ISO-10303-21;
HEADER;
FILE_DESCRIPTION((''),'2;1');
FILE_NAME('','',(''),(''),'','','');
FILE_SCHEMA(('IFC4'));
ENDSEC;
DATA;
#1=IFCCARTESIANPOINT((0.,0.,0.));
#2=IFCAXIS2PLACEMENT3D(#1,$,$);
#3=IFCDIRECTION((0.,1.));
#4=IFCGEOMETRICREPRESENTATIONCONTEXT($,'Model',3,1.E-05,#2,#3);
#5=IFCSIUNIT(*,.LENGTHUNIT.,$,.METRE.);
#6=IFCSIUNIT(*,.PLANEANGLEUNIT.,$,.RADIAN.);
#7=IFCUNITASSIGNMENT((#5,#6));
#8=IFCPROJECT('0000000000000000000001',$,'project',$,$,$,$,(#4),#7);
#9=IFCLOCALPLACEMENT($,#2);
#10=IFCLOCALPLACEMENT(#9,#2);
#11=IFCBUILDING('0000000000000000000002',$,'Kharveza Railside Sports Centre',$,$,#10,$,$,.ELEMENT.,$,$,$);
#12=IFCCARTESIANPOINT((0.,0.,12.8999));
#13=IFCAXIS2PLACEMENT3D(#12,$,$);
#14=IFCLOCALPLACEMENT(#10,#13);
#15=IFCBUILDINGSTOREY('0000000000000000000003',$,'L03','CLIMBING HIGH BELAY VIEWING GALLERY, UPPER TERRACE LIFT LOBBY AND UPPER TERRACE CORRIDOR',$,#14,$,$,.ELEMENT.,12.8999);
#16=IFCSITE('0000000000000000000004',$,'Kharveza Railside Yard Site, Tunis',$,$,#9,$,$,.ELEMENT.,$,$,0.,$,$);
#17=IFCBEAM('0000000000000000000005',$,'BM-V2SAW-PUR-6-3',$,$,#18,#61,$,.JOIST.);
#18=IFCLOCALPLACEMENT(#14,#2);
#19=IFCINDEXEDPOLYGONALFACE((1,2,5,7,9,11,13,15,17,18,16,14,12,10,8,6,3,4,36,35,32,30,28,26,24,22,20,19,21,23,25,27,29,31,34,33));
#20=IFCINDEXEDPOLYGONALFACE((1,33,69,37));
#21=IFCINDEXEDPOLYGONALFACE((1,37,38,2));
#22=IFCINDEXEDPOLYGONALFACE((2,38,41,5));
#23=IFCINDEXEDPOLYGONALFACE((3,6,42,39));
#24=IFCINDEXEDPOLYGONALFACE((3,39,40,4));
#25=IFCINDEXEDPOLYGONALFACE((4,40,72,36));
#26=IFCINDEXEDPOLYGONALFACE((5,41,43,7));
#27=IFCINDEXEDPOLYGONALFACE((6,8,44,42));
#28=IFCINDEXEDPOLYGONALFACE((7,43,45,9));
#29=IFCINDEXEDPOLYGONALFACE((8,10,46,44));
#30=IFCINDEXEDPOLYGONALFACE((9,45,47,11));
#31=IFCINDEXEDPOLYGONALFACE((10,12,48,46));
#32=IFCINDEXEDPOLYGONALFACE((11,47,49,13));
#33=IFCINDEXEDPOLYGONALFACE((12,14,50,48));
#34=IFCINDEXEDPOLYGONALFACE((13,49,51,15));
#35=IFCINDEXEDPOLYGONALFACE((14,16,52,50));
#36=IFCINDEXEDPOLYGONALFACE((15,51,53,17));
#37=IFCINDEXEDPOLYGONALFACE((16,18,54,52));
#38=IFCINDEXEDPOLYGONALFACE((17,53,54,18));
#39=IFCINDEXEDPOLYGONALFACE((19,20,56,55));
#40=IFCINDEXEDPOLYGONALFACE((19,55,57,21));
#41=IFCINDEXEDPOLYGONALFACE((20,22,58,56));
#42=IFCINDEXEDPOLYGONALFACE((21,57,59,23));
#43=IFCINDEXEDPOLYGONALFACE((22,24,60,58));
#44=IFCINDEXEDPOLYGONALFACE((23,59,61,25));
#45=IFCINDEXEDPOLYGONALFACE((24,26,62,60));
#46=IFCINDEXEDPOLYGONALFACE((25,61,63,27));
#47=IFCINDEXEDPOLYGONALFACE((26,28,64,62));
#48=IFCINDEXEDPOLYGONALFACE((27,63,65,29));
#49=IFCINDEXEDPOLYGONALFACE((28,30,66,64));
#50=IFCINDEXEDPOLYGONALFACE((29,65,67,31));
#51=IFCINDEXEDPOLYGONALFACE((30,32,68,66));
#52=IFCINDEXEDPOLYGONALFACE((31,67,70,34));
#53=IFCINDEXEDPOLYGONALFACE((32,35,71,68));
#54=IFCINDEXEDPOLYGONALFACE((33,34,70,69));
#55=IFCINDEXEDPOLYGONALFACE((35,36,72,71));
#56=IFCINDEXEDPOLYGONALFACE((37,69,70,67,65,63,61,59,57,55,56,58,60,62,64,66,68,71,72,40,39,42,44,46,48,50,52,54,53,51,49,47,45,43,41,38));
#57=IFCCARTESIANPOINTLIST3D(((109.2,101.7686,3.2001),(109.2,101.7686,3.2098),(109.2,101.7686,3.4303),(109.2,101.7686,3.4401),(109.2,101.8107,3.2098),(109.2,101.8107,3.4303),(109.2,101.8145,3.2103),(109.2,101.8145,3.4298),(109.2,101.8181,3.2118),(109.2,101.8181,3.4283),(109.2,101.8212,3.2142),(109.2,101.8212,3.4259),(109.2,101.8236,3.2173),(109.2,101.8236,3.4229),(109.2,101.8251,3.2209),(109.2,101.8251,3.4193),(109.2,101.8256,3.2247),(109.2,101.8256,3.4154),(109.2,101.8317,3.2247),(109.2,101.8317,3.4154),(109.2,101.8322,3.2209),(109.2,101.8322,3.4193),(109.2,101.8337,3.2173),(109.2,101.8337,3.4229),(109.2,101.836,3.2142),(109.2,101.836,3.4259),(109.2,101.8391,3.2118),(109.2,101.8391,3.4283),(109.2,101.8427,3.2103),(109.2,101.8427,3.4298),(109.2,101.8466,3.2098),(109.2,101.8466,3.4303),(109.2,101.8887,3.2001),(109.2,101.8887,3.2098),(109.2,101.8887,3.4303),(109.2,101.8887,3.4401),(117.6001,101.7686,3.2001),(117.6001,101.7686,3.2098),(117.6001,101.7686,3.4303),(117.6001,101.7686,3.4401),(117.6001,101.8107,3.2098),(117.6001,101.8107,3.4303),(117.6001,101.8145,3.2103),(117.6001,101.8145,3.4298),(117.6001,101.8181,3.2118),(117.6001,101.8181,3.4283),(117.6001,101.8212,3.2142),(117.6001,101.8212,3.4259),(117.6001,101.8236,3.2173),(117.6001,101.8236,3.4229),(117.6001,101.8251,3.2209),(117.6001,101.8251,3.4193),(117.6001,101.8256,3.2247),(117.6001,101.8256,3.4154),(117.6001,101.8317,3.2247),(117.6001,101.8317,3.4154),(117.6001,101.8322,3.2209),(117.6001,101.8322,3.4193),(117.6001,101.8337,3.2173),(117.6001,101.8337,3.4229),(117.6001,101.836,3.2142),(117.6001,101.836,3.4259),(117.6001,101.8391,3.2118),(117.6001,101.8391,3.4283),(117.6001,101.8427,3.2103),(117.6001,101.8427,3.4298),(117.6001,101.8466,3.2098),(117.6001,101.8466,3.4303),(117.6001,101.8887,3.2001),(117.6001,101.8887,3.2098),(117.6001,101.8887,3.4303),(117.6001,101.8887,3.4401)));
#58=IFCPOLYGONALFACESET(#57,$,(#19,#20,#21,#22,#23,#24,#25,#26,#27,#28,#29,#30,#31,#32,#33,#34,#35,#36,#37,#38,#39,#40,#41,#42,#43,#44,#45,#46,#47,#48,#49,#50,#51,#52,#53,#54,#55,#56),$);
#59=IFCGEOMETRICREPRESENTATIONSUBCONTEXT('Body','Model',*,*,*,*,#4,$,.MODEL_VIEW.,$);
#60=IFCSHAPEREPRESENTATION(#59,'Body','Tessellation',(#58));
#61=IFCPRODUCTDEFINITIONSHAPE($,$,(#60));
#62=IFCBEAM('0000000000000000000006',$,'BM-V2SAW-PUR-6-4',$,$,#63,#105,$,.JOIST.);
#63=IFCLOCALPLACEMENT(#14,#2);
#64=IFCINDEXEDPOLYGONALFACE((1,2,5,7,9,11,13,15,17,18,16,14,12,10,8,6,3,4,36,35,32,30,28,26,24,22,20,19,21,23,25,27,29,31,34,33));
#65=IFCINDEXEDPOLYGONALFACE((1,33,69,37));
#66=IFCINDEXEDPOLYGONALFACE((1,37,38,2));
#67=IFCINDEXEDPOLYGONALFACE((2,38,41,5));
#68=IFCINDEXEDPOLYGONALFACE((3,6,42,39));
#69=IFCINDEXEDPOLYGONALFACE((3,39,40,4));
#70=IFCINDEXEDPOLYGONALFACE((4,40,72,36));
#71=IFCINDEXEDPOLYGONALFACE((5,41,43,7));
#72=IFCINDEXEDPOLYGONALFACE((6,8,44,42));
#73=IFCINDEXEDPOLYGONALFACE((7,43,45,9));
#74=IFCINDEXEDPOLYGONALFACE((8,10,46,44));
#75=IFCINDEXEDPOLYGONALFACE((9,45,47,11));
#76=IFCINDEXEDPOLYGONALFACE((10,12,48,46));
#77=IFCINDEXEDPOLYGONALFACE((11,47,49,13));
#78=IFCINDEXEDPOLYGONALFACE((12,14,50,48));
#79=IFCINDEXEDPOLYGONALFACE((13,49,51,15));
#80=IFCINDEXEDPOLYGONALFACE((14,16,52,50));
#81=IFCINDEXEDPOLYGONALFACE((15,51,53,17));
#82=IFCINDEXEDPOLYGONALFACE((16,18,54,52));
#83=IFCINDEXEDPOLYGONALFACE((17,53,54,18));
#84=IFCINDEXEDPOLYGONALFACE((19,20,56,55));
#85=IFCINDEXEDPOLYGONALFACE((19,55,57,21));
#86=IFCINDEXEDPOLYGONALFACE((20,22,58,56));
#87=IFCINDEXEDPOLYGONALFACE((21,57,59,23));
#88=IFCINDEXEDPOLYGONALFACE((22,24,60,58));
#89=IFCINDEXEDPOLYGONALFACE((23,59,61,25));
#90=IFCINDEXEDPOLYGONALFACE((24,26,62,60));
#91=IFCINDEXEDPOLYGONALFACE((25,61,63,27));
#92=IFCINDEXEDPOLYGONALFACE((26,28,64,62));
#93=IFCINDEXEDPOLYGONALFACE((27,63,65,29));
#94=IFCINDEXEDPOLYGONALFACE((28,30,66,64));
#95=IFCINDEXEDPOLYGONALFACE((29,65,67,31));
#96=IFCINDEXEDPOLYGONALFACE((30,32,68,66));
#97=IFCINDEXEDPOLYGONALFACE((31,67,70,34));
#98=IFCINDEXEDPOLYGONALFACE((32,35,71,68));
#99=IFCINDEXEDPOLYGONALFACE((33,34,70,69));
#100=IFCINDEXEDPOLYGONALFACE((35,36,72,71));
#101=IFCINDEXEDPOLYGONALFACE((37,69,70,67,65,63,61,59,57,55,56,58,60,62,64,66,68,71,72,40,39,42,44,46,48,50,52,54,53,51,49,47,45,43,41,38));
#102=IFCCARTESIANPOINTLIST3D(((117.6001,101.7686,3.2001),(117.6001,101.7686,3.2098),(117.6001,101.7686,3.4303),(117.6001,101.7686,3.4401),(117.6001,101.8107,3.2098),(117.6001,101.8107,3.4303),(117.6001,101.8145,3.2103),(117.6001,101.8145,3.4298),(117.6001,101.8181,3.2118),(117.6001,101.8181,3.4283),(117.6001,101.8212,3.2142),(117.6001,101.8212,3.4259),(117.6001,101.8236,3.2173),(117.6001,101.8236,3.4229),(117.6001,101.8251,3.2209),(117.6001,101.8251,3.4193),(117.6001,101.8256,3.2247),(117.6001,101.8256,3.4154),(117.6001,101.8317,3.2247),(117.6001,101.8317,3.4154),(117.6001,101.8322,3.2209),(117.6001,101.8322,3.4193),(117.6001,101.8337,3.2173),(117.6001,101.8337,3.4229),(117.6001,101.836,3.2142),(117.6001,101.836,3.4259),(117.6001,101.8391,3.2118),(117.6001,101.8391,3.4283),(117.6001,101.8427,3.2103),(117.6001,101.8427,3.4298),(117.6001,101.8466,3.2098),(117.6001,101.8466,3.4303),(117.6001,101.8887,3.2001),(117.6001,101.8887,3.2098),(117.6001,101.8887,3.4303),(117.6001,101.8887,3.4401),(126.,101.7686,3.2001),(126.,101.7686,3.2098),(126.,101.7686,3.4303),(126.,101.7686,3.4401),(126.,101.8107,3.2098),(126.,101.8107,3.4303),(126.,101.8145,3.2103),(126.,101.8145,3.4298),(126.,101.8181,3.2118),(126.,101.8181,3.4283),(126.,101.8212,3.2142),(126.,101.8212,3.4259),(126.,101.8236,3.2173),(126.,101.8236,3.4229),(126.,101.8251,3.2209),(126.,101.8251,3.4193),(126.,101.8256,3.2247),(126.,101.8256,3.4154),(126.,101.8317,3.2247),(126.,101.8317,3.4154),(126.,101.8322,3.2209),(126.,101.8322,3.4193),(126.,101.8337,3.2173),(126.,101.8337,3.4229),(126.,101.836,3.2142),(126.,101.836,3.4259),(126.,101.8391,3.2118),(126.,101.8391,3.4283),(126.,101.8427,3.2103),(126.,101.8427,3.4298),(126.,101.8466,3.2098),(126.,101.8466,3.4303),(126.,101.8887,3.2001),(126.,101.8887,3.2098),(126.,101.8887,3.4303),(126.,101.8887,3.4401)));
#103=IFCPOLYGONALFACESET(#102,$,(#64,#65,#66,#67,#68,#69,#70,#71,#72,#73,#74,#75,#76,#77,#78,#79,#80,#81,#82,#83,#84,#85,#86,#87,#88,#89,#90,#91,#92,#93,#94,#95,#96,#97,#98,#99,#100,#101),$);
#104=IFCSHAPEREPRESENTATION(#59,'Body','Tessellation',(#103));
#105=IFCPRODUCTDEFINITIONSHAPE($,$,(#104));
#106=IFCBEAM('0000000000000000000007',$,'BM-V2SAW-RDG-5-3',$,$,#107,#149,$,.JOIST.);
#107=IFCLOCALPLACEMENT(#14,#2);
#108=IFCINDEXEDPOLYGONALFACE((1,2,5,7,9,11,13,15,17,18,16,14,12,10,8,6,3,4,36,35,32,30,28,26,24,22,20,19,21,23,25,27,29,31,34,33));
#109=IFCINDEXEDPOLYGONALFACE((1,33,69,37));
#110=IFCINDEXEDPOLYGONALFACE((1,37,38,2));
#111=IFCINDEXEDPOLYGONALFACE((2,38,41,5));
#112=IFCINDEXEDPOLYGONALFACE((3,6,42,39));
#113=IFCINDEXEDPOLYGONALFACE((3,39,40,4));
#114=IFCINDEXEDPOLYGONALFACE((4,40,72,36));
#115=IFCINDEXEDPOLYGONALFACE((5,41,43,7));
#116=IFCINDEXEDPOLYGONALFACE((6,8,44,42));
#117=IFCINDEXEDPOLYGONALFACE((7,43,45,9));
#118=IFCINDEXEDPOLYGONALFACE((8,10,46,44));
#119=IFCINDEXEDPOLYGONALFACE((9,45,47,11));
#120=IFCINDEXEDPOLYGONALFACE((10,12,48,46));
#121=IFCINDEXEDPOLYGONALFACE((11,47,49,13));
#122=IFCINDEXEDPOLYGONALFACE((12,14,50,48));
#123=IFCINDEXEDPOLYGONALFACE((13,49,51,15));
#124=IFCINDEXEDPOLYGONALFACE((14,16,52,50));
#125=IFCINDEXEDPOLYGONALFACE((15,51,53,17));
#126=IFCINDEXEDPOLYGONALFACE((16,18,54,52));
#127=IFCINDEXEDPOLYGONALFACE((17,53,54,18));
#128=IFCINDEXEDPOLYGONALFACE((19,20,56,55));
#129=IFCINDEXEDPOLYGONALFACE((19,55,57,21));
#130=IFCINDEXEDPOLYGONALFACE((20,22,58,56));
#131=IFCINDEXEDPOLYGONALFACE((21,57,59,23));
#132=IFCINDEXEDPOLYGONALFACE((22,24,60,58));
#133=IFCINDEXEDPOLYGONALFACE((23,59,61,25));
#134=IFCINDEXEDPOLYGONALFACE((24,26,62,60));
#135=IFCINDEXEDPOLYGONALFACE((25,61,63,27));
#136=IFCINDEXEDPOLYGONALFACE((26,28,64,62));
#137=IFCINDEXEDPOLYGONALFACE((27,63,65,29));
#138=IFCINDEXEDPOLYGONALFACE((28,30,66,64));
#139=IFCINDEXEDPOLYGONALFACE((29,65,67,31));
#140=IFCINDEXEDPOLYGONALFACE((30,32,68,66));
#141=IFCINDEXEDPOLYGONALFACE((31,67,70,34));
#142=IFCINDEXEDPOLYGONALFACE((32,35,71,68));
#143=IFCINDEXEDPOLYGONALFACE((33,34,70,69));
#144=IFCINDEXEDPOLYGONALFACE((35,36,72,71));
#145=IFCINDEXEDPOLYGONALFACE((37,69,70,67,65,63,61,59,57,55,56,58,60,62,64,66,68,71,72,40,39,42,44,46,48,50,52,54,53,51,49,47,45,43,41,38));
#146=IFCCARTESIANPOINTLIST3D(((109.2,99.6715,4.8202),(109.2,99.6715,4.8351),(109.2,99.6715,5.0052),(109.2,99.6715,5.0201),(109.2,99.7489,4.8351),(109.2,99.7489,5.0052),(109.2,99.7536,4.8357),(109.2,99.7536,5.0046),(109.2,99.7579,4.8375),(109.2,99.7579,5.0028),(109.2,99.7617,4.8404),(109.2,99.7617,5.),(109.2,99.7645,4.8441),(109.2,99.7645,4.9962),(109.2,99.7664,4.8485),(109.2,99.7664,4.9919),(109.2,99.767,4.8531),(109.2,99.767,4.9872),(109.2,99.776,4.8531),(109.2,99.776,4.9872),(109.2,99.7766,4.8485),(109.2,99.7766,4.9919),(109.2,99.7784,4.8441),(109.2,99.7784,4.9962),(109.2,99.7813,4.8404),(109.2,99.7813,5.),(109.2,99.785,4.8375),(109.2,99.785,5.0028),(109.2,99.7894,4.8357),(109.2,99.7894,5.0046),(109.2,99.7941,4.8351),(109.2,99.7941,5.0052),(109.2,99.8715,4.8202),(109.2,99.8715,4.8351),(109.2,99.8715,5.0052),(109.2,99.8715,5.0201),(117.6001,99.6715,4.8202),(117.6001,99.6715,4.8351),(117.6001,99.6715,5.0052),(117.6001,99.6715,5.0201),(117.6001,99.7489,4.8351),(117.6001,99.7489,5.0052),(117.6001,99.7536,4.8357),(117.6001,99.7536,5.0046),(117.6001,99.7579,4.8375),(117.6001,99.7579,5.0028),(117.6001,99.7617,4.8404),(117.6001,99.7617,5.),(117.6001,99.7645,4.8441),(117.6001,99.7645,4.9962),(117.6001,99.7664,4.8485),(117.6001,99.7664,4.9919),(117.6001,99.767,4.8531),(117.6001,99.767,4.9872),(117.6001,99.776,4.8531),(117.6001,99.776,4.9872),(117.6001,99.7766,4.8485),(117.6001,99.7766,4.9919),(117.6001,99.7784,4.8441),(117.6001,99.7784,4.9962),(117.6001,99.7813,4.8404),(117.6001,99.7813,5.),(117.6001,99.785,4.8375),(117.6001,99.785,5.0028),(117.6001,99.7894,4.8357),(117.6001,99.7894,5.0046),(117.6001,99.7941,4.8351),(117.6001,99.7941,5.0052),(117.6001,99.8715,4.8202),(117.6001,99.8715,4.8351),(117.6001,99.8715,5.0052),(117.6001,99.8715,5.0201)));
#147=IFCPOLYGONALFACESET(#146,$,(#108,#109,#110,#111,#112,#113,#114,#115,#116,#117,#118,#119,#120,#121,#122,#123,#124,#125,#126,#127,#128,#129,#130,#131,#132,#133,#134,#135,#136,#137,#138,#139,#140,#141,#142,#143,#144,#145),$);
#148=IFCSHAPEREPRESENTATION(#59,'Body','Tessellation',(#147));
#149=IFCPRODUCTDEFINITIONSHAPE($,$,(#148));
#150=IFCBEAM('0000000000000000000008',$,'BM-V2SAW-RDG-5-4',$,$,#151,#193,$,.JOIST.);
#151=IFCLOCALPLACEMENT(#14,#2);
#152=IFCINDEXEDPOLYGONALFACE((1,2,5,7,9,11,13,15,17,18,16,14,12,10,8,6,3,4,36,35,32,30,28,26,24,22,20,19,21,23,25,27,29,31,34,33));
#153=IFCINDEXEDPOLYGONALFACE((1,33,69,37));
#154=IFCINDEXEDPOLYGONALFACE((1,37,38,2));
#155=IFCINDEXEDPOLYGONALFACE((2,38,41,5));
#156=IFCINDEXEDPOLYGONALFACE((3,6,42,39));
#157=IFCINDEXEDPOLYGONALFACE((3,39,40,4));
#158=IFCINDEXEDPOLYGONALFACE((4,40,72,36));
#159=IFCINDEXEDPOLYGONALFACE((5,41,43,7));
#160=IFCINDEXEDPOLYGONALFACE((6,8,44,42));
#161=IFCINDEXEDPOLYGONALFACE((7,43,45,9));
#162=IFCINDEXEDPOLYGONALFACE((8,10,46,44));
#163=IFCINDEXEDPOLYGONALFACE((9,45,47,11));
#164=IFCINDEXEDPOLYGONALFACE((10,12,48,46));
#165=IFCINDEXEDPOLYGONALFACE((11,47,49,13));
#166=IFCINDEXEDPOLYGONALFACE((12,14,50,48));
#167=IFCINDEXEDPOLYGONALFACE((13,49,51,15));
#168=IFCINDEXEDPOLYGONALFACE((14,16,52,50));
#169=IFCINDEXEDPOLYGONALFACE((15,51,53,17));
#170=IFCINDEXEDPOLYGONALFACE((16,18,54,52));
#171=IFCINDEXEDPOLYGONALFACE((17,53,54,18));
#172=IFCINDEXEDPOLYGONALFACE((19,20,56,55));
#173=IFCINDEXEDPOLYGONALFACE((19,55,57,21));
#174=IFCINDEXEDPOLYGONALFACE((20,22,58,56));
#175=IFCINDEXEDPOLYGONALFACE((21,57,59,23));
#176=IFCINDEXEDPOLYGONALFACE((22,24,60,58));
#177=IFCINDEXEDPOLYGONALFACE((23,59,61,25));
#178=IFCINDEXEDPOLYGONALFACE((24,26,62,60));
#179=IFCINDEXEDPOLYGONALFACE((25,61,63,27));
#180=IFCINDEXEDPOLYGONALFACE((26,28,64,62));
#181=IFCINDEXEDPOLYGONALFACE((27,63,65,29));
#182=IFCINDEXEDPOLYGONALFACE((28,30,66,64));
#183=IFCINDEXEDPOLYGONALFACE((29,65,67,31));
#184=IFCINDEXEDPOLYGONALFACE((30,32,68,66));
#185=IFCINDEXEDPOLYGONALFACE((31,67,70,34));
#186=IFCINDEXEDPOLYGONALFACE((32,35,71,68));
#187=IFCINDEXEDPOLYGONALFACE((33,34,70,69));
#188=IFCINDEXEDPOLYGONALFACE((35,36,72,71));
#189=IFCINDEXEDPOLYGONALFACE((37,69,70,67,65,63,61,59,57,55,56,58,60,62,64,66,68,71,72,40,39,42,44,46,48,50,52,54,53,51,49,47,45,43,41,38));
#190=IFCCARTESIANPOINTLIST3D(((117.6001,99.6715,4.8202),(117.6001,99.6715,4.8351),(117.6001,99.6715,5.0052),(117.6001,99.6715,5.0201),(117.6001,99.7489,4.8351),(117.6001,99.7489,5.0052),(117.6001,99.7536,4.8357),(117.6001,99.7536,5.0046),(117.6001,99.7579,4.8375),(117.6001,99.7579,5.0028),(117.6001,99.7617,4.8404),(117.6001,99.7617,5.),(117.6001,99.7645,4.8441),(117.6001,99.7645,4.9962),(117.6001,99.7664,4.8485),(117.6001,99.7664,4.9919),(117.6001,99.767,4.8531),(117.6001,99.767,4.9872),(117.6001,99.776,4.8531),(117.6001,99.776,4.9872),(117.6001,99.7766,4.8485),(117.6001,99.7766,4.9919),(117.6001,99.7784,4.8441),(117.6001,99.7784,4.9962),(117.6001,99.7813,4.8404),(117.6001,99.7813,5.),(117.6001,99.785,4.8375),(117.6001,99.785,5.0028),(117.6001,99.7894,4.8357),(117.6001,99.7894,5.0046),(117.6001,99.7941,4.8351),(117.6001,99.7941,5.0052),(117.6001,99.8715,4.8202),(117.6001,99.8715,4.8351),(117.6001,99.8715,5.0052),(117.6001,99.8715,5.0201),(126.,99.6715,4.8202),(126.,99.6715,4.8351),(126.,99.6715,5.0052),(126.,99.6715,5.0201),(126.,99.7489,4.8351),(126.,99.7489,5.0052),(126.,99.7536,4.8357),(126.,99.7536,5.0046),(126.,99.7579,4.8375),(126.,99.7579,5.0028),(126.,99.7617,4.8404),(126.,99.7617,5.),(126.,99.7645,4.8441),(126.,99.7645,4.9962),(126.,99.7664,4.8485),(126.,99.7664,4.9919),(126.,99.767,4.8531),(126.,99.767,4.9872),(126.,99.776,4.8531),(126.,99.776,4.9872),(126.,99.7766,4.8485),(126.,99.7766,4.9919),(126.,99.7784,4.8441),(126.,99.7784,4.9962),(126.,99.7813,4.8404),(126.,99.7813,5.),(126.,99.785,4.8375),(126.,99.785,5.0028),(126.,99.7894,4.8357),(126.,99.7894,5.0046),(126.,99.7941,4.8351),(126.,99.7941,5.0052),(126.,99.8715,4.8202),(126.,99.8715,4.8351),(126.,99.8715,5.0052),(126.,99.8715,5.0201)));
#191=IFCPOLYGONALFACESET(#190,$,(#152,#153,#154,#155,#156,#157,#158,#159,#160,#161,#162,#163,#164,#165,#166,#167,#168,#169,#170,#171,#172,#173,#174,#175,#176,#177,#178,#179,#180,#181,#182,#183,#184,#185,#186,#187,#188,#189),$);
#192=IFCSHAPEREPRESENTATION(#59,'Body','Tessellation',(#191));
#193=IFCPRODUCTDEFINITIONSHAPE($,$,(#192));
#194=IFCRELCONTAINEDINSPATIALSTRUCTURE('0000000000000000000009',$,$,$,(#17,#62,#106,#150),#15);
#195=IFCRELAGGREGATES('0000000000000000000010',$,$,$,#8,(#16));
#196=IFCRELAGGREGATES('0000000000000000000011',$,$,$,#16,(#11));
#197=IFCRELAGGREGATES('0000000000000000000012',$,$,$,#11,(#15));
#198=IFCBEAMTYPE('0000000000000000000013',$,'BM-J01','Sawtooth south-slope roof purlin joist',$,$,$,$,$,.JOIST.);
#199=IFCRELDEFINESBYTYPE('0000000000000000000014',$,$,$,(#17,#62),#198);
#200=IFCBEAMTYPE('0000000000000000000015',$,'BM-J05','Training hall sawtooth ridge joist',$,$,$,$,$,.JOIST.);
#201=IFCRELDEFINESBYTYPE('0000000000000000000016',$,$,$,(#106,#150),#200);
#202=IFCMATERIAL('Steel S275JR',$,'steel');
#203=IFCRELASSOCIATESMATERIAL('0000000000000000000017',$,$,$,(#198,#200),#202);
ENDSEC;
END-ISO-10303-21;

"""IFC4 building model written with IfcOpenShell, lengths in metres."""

from ifc_helpers import new_model, si_unit, direction, frame, origin, origin_2d, place, context, subcontext, project, spatial, i_section, extrude, material, material_profile, profile_set, type_object, element, save


model = new_model("IFC4")

# Units and contexts
model_context = context("Model", 3, precision=1e-05, world=origin(), true_north=direction((0.0, 1.0)))
body_context = subcontext(model_context, "Body", "Model", "MODEL_VIEW")
ifc_project = project(units=[si_unit("LENGTHUNIT", "METRE"), si_unit("PLANEANGLEUNIT", "RADIAN")], contexts=[model_context])

# Site, building, storey
site_placement = place(None, origin())
site = spatial("IfcSite", under=ifc_project, at=site_placement, Name="Kharveza Railside Yard Site, Tunis", CompositionType="ELEMENT", RefElevation=0.0)
building_placement = place(site_placement, origin())
building = spatial("IfcBuilding", under=site, at=building_placement, Name="Kharveza Railside Sports Centre", CompositionType="ELEMENT")
storey_placement = place(building_placement, frame((0.0, 0.0, 12.8999)))
storey = spatial("IfcBuildingStorey", under=building, at=storey_placement, Name="L03", Description="CLIMBING HIGH BELAY VIEWING GALLERY, UPPER TERRACE LIFT LOBBY AND UPPER TERRACE CORRIDOR", CompositionType="ELEMENT", Elevation=12.8999)

# Beams
ifc_material_1 = material(Name="Steel S275JR", Category="steel")
ifc_material_profile_1 = material_profile(ifc_material_1, i_section(OverallWidth=0.1201, OverallDepth=0.24, WebThickness=0.0061, FlangeThickness=0.0098, FilletRadius=0.0149, at=origin_2d()), Name="IPE 240")
ifc_profile_set_1 = profile_set([ifc_material_profile_1], Name="Steel S275JR")
beam_type_1 = type_object("IfcBeamType", Name="BM-J01", Description="Sawtooth south-slope roof purlin joist", PredefinedType="JOIST", material=ifc_profile_set_1)
beam_1_placement = place(storey_placement, frame((109.2, 101.8286, 3.3201), z_axis=(1.0, 0.0, 0.0), x_axis=(0.0, 1.0, 0.0)))
element("IfcBeam", 1, at=beam_1_placement, inside=storey, type_object=beam_type_1, Name="BM-V2SAW-PUR-6-3", PredefinedType="JOIST", context=body_context, shape_type="SweptSolid", body=[
    extrude(i_section(OverallWidth=0.1201, OverallDepth=0.24, WebThickness=0.0061, FlangeThickness=0.0098, FilletRadius=0.0149, at=origin_2d()), origin(), (0.0, 0.0, 1.0), 8.4001),
])
beam_2_placement = place(storey_placement, frame((117.6001, 101.8286, 3.3201), z_axis=(1.0, 0.0, 0.0), x_axis=(0.0, 1.0, 0.0)))
element("IfcBeam", 2, at=beam_2_placement, inside=storey, type_object=beam_type_1, Name="BM-V2SAW-PUR-6-4", PredefinedType="JOIST", context=body_context, shape_type="SweptSolid", body=[
    extrude(i_section(OverallWidth=0.1201, OverallDepth=0.24, WebThickness=0.0061, FlangeThickness=0.0098, FilletRadius=0.0149, at=origin_2d()), origin(), (0.0, 0.0, 1.0), 8.3999),
])
ifc_material_profile_2 = material_profile(ifc_material_1, i_section(OverallWidth=0.2, OverallDepth=0.2, WebThickness=0.009, FlangeThickness=0.0149, FilletRadius=0.0181, at=origin_2d()), Name="HEB 200")
ifc_profile_set_2 = profile_set([ifc_material_profile_2], Name="Steel S275JR")
beam_type_2 = type_object("IfcBeamType", Name="BM-J05", Description="Training hall sawtooth ridge joist", PredefinedType="JOIST", material=ifc_profile_set_2)
beam_3_placement = place(storey_placement, frame((109.2, 99.7715, 4.9202), z_axis=(1.0, 0.0, 0.0), x_axis=(0.0, 1.0, 0.0)))
element("IfcBeam", 3, at=beam_3_placement, inside=storey, type_object=beam_type_2, Name="BM-V2SAW-RDG-5-3", PredefinedType="JOIST", context=body_context, shape_type="SweptSolid", body=[
    extrude(i_section(OverallWidth=0.2, OverallDepth=0.2, WebThickness=0.009, FlangeThickness=0.0149, FilletRadius=0.0181, at=origin_2d()), origin(), (0.0, 0.0, 1.0), 8.4001),
])
beam_4_placement = place(storey_placement, frame((117.6001, 99.7715, 4.9202), z_axis=(1.0, 0.0, 0.0), x_axis=(0.0, 1.0, 0.0)))
element("IfcBeam", 4, at=beam_4_placement, inside=storey, type_object=beam_type_2, Name="BM-V2SAW-RDG-5-4", PredefinedType="JOIST", context=body_context, shape_type="SweptSolid", body=[
    extrude(i_section(OverallWidth=0.2, OverallDepth=0.2, WebThickness=0.009, FlangeThickness=0.0149, FilletRadius=0.0181, at=origin_2d()), origin(), (0.0, 0.0, 1.0), 8.3999),
])

save(model, "model.ifc")
